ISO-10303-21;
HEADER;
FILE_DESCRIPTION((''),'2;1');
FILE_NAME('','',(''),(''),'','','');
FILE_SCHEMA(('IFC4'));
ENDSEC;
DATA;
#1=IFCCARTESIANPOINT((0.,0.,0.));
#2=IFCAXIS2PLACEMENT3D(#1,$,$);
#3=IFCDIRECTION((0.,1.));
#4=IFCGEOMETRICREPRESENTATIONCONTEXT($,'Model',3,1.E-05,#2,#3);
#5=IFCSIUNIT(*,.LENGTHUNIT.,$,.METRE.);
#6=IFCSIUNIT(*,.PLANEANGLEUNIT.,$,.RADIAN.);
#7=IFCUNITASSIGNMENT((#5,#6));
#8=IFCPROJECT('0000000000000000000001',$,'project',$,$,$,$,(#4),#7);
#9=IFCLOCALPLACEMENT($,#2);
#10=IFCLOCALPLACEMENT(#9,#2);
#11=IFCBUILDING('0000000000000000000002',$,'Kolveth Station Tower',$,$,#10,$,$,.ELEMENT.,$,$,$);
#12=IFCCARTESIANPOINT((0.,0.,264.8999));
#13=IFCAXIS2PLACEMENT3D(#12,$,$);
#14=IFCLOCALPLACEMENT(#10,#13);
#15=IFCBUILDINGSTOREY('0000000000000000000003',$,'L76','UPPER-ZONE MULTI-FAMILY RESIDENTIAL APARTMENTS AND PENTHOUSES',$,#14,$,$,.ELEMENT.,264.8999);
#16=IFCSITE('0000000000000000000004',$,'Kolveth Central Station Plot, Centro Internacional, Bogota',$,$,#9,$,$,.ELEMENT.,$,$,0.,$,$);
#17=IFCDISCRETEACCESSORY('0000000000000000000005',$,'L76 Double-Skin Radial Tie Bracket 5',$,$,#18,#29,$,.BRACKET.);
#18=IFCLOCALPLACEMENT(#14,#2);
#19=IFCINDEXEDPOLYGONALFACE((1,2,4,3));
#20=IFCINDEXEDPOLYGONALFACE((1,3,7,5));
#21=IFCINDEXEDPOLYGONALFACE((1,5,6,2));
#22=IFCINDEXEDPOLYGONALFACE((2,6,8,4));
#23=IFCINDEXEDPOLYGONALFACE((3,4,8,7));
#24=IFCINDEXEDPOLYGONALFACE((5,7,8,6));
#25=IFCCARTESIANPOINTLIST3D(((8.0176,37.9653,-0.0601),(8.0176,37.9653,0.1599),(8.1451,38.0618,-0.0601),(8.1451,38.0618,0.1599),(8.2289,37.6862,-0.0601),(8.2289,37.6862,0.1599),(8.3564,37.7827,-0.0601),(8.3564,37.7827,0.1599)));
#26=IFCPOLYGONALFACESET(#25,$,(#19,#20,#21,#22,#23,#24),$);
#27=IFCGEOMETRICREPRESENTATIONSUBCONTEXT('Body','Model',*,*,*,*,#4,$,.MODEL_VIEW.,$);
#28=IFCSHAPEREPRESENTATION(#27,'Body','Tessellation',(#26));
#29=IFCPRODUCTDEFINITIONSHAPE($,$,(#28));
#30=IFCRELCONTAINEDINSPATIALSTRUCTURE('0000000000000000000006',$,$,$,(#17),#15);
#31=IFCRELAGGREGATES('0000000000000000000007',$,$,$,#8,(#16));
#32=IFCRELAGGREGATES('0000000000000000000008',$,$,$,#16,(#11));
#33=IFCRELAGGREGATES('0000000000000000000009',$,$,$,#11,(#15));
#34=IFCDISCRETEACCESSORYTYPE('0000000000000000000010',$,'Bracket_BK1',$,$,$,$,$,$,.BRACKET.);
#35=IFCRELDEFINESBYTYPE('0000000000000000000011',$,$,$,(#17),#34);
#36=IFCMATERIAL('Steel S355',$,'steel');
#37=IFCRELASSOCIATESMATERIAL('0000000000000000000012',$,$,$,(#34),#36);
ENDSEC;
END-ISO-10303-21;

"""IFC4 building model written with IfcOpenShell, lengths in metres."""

from ifc_helpers import new_model, si_unit, direction, frame, origin, origin_2d, place, context, subcontext, project, spatial, rectangle, extrude, source, transform, mapped, material, type_object, element, save


model = new_model("IFC4")

# Units and contexts
model_context = context("Model", 3, precision=1e-05, world=origin(), true_north=direction((0.0, 1.0)))
body_context = subcontext(model_context, "Body", "Model", "MODEL_VIEW")
ifc_project = project(units=[si_unit("LENGTHUNIT", "METRE"), si_unit("PLANEANGLEUNIT", "RADIAN")], contexts=[model_context])

# Site, building, storey
site_placement = place(None, origin())
site = spatial("IfcSite", under=ifc_project, at=site_placement, Name="Kolveth Central Station Plot, Centro Internacional, Bogota", CompositionType="ELEMENT", RefElevation=0.0)
building_placement = place(site_placement, origin())
building = spatial("IfcBuilding", under=site, at=building_placement, Name="Kolveth Station Tower", CompositionType="ELEMENT")
storey_placement = place(building_placement, frame((0.0, 0.0, 264.8999)))
storey = spatial("IfcBuildingStorey", under=building, at=storey_placement, Name="L76", Description="UPPER-ZONE MULTI-FAMILY RESIDENTIAL APARTMENTS AND PENTHOUSES", CompositionType="ELEMENT", Elevation=264.8999)

# Shared definitions
ifc_material_1 = material(Name="Steel S355", Category="steel")

# Discrete accessory
discrete_accessory_type = type_object("IfcDiscreteAccessoryType", Name="Bracket_BK1", PredefinedType="BRACKET", material=ifc_material_1)
shared_shape_1 = source(origin(), body_context, "Body", "SweptSolid", [
    extrude(rectangle(XDim=0.3501, YDim=0.1599, at=origin_2d()), origin(), (0.0, 0.0, 1.0), 0.22),
])
discrete_accessory_placement = place(storey_placement, frame((8.187, 37.874, -0.0601), z_axis=(0.0, 0.0, 1.0), x_axis=(-0.603626, 0.797268, 0.0)))
element("IfcDiscreteAccessory", 1, at=discrete_accessory_placement, inside=storey, type_object=discrete_accessory_type, Name="L76 Double-Skin Radial Tie Bracket 5", PredefinedType="BRACKET", context=body_context, shape_type="MappedRepresentation", body=[
    mapped(shared_shape_1, transform((0.0, 0.0, 0.0), x_axis=(1.0, 0.0, 0.0), y_axis=(0.0, 1.0, 0.0), z_axis=(0.0, 0.0, 1.0), scale=1.0)),
])

save(model, "model.ifc")
